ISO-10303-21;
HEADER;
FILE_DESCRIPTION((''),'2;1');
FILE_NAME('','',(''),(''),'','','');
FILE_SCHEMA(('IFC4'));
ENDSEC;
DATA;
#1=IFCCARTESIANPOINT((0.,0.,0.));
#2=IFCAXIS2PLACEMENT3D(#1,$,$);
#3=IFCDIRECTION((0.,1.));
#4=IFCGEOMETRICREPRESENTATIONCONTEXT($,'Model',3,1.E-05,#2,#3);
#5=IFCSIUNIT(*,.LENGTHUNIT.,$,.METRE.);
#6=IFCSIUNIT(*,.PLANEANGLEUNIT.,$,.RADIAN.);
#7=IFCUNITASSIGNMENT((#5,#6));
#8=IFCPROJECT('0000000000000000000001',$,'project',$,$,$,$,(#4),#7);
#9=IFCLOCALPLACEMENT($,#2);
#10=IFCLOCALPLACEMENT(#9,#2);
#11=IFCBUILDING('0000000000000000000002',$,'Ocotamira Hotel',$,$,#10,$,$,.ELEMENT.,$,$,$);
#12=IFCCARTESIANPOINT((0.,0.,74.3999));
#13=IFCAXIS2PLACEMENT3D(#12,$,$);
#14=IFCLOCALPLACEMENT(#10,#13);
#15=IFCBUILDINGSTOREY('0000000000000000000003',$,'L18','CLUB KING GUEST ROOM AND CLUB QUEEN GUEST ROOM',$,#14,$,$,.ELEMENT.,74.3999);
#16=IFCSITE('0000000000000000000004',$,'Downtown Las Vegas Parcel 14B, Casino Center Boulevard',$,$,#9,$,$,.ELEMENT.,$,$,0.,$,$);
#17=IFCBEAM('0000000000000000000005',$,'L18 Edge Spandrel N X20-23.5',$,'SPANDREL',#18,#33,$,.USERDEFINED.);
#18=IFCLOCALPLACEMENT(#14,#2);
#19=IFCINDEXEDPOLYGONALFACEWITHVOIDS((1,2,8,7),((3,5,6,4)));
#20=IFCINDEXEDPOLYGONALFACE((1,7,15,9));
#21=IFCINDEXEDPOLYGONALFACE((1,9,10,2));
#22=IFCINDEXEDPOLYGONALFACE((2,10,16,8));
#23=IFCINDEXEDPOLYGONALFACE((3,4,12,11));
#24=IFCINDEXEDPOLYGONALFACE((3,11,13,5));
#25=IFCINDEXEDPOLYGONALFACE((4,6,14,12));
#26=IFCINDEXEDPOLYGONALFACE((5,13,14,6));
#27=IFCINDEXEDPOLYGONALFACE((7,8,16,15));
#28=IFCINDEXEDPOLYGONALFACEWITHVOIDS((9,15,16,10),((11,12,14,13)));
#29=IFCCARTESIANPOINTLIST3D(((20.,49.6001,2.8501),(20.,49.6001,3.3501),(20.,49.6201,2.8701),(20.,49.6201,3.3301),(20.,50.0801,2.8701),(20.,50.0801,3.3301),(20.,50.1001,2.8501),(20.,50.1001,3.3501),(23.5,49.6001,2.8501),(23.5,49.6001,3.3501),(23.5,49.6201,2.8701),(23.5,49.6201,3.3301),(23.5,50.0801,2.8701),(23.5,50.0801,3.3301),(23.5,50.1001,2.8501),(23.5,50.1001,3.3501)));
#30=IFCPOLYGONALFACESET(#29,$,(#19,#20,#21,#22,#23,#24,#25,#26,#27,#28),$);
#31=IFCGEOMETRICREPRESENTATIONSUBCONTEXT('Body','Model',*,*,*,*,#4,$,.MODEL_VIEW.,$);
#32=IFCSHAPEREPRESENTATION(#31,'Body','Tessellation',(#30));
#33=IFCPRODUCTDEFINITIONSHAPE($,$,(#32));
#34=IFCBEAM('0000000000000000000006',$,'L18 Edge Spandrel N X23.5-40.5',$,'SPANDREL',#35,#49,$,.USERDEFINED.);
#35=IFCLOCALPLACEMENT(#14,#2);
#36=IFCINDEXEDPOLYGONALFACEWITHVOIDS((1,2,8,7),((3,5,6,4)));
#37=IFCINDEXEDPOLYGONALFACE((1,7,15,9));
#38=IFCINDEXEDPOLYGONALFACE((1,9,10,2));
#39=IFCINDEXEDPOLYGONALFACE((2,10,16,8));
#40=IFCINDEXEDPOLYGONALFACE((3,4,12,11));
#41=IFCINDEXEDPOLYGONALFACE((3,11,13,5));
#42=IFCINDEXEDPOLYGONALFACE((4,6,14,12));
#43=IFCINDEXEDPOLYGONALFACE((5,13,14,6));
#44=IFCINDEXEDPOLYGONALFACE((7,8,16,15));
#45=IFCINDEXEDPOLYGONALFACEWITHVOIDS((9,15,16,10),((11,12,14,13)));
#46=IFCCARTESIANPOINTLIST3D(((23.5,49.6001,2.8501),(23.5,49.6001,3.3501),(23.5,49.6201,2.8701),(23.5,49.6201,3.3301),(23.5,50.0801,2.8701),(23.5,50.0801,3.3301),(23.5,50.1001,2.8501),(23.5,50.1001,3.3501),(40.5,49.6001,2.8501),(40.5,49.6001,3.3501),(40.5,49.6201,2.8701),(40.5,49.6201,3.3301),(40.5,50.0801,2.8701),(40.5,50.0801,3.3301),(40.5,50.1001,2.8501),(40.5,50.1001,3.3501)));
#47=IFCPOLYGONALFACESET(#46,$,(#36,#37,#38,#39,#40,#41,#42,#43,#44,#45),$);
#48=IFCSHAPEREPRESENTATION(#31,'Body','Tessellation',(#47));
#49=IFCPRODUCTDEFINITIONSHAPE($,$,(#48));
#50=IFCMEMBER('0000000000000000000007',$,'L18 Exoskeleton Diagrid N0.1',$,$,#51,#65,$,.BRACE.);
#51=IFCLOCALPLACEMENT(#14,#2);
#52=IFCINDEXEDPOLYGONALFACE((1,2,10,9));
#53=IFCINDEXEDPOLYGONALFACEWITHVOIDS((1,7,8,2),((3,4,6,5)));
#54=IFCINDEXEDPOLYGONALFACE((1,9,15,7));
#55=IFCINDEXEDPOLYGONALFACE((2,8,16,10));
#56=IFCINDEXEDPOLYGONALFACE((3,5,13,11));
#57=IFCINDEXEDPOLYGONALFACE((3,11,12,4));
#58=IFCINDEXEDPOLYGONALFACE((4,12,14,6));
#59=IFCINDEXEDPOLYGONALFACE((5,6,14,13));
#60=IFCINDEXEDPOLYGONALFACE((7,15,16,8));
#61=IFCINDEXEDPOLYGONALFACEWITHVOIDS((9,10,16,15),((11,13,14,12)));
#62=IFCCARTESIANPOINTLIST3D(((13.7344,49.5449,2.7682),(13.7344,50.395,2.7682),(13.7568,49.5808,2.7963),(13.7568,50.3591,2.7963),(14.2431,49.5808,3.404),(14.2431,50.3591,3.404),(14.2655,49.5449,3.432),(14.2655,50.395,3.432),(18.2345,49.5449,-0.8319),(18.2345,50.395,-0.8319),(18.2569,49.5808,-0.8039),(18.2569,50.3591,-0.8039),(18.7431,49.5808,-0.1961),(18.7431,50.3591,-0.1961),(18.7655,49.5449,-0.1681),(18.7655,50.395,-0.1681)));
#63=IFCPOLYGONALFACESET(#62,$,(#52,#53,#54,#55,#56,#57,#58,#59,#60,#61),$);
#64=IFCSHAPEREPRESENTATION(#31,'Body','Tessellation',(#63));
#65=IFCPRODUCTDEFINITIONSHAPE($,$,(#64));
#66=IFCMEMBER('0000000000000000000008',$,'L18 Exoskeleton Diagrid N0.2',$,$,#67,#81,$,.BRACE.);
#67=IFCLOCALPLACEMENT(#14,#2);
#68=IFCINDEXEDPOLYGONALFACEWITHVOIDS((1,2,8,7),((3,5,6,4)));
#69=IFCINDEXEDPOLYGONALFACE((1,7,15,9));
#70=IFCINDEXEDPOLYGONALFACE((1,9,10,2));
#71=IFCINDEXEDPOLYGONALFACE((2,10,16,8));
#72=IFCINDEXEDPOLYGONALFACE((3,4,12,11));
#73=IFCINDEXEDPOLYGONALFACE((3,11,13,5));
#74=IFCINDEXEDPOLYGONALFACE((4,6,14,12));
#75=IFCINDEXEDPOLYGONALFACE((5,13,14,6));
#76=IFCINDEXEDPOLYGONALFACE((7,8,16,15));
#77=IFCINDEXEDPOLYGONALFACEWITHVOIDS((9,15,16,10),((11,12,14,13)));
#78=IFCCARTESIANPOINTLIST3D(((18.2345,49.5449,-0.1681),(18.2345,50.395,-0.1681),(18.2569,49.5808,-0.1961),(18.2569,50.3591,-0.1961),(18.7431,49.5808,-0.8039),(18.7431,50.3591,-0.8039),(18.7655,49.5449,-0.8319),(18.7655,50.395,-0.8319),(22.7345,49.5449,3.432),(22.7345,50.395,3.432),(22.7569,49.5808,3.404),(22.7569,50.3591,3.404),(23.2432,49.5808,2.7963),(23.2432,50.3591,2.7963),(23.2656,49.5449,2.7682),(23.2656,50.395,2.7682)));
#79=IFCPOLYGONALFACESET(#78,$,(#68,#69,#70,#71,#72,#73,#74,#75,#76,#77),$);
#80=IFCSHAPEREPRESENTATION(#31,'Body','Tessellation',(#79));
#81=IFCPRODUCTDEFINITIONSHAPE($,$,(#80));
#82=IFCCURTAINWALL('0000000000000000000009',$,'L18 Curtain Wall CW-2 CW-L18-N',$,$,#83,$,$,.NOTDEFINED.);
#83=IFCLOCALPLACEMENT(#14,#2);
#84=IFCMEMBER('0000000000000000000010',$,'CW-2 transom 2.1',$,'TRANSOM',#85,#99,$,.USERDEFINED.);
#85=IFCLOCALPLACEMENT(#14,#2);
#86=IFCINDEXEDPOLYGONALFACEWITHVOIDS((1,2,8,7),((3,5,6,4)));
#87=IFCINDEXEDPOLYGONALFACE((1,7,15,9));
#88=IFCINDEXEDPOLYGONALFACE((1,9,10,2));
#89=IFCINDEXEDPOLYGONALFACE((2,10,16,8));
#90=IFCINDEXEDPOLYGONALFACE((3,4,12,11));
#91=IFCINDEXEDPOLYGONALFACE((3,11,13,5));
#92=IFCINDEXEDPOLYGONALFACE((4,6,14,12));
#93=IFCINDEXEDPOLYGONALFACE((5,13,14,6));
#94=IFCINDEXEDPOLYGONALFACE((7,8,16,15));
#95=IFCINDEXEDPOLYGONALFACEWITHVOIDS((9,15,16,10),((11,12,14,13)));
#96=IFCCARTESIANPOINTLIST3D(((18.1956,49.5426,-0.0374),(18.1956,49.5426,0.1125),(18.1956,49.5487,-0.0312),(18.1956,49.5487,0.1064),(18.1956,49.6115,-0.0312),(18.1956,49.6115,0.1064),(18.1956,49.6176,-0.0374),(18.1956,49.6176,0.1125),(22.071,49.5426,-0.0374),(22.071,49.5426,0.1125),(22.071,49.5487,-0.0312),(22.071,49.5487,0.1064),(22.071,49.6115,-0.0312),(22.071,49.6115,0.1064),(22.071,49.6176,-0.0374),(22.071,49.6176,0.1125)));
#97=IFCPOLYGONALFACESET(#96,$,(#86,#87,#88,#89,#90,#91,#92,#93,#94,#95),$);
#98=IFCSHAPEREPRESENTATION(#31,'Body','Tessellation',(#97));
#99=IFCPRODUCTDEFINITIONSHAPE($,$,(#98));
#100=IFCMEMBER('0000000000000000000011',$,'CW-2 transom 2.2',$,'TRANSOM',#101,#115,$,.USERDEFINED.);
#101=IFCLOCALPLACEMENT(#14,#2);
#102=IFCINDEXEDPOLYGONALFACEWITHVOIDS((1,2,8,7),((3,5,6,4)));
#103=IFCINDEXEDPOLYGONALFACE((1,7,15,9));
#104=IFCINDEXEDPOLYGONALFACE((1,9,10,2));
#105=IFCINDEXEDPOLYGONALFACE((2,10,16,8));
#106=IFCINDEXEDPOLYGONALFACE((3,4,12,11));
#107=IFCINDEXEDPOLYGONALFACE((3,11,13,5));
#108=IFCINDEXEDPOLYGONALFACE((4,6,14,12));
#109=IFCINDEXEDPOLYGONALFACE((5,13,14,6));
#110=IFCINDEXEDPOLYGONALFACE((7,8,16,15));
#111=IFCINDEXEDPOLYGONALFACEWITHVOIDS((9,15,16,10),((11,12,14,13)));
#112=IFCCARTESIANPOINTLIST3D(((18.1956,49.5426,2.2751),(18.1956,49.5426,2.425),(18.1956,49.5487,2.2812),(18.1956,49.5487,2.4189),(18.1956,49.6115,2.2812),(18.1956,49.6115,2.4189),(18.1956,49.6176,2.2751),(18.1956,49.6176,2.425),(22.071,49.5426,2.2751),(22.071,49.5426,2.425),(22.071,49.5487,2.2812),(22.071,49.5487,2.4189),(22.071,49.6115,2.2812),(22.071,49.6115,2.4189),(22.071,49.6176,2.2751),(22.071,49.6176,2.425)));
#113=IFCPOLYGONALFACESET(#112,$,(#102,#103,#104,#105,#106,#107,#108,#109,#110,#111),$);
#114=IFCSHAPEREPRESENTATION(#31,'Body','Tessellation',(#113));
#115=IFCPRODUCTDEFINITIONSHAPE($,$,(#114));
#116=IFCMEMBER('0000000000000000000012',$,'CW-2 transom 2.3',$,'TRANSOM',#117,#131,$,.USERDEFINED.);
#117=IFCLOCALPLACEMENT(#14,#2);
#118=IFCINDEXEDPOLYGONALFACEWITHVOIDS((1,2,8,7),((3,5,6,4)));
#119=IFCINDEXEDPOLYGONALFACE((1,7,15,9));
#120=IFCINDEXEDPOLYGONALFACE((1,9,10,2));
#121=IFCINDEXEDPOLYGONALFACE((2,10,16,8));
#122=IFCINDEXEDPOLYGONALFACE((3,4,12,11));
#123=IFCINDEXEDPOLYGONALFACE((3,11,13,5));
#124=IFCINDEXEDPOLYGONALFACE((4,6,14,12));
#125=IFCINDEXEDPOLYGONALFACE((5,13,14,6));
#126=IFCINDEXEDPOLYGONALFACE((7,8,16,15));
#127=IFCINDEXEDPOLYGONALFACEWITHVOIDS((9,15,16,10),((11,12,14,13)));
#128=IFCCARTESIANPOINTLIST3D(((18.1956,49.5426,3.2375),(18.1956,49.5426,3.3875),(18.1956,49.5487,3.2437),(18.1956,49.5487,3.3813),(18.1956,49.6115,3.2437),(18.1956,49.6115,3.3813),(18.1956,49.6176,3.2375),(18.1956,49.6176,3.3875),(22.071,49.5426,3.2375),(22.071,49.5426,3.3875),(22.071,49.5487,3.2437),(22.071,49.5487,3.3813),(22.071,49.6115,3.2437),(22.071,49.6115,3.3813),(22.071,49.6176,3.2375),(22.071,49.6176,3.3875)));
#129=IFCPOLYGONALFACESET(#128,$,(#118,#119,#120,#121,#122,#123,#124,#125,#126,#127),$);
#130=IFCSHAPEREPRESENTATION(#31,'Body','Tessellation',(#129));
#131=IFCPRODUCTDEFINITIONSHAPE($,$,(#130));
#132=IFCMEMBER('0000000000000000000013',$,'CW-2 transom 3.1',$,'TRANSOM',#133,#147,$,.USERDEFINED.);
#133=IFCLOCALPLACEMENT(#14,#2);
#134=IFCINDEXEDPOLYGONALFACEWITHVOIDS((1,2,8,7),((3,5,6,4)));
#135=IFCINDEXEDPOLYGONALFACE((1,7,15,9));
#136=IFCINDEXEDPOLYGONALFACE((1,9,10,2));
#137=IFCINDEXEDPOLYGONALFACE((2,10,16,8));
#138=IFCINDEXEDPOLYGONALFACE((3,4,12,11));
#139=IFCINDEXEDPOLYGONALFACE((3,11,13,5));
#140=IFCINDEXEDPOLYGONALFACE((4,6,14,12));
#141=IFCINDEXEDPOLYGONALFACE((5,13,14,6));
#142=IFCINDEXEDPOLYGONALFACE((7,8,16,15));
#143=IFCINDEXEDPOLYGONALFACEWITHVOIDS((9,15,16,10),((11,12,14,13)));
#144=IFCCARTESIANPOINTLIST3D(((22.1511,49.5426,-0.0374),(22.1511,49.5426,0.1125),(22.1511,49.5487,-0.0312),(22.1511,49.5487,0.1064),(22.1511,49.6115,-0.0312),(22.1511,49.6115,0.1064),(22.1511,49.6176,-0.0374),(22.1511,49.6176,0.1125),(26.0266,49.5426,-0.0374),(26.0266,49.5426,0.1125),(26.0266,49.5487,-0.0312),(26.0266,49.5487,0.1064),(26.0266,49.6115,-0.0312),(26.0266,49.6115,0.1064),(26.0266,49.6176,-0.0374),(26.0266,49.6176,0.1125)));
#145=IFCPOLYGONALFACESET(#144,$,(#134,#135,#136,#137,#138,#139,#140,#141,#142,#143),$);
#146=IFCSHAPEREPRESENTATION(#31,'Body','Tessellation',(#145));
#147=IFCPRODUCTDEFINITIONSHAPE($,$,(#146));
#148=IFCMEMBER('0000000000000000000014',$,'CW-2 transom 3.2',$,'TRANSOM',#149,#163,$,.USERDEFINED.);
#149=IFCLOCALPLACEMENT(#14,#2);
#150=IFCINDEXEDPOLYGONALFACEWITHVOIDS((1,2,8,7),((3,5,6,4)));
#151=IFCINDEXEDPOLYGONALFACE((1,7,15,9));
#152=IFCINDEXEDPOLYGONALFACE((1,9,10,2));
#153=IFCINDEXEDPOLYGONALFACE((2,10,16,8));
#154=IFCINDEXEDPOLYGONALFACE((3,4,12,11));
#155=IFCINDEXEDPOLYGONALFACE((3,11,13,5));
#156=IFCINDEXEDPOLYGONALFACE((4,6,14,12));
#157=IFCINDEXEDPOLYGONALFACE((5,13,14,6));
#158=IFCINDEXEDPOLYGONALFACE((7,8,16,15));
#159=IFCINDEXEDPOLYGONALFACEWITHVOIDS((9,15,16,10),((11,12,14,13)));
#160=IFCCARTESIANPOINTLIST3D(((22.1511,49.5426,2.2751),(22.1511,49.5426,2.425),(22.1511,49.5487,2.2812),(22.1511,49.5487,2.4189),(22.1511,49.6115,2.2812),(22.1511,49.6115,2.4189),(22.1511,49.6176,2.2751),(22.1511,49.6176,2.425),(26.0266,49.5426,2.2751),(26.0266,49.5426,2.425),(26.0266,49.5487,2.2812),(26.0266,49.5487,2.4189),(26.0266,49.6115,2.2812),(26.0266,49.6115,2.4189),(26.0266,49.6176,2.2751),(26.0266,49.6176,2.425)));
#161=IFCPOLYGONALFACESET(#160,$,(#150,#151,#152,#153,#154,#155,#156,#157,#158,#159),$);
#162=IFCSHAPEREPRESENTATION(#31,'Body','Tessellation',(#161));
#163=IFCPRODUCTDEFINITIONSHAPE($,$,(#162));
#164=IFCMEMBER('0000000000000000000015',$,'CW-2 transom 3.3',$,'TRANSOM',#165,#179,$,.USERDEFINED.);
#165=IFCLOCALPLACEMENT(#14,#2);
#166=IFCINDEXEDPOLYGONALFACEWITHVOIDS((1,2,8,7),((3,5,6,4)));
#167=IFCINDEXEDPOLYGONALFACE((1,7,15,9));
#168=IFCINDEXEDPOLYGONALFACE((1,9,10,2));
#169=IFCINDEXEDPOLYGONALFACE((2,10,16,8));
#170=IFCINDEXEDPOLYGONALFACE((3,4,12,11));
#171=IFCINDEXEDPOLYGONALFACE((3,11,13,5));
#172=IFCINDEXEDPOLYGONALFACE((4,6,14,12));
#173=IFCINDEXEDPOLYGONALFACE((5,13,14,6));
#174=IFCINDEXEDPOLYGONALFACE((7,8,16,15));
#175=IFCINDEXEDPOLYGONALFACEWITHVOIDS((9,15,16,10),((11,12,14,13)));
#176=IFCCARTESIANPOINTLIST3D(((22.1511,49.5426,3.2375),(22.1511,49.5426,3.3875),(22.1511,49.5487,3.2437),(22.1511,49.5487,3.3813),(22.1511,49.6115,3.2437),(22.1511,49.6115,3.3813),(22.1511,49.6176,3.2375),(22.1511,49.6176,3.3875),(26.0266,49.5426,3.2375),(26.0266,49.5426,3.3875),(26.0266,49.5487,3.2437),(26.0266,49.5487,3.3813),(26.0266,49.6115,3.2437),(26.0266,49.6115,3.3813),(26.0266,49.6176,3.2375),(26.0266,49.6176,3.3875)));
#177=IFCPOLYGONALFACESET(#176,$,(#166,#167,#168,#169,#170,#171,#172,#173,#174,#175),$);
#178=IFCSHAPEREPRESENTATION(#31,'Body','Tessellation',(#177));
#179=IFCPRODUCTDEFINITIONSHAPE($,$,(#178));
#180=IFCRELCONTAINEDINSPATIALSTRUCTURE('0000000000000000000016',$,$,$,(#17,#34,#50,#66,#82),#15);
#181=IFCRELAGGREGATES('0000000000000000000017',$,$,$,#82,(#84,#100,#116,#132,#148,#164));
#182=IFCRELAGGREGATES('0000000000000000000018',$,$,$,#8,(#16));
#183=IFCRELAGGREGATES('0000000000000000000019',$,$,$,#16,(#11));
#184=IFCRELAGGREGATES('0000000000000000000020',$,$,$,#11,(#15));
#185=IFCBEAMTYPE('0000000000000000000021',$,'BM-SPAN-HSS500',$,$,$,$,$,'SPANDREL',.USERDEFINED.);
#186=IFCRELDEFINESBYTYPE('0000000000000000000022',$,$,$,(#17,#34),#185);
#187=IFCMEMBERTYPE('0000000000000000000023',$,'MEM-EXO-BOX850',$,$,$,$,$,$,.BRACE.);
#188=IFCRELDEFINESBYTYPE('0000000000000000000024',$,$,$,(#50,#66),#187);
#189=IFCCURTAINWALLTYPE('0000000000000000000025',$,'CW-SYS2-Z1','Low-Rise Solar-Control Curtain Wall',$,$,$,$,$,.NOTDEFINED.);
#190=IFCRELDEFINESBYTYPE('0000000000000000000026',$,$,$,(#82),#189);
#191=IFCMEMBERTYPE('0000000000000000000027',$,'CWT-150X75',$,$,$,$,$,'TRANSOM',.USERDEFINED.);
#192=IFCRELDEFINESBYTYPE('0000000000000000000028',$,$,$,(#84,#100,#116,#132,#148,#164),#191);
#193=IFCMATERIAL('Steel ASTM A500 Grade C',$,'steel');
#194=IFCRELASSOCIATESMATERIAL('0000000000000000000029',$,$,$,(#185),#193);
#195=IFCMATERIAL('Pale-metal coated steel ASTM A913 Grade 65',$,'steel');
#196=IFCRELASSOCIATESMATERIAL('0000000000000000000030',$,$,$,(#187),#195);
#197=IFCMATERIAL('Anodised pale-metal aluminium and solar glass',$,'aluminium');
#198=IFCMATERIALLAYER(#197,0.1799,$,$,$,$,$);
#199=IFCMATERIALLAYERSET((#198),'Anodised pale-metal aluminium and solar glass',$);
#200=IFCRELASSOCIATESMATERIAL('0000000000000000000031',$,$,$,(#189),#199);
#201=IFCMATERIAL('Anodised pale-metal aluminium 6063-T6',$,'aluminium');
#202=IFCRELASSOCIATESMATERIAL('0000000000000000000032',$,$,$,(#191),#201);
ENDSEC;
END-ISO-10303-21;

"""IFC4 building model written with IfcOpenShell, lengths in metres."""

from ifc_helpers import new_model, si_unit, direction, frame, origin, origin_2d, place, context, subcontext, project, spatial, hollow_rectangle, extrude, source, transform, mapped, material, layer, layer_set, material_profile, profile_set, type_object, element, aggregate, save


model = new_model("IFC4")

# Units and contexts
model_context = context("Model", 3, precision=1e-05, world=origin(), true_north=direction((0.0, 1.0)))
body_context = subcontext(model_context, "Body", "Model", "MODEL_VIEW")
ifc_project = project(units=[si_unit("LENGTHUNIT", "METRE"), si_unit("PLANEANGLEUNIT", "RADIAN")], contexts=[model_context])

# Site, building, storey
site_placement = place(None, origin())
site = spatial("IfcSite", under=ifc_project, at=site_placement, Name="Downtown Las Vegas Parcel 14B, Casino Center Boulevard", CompositionType="ELEMENT", RefElevation=0.0)
building_placement = place(site_placement, origin())
building = spatial("IfcBuilding", under=site, at=building_placement, Name="Ocotamira Hotel", CompositionType="ELEMENT")
storey_placement = place(building_placement, frame((0.0, 0.0, 74.3999)))
storey = spatial("IfcBuildingStorey", under=building, at=storey_placement, Name="L18", Description="CLUB KING GUEST ROOM AND CLUB QUEEN GUEST ROOM", CompositionType="ELEMENT", Elevation=74.3999)

# Beams
ifc_material_1 = material(Name="Steel ASTM A500 Grade C", Category="steel")
ifc_material_profile_1 = material_profile(ifc_material_1, hollow_rectangle(XDim=0.5, YDim=0.5, WallThickness=0.02, at=origin_2d()), Name="HSS500X500X20")
ifc_profile_set_1 = profile_set([ifc_material_profile_1], Name="Steel ASTM A500 Grade C")
beam_type_1 = type_object("IfcBeamType", Name="BM-SPAN-HSS500", ElementType="SPANDREL", PredefinedType="USERDEFINED", material=ifc_profile_set_1)
shared_shape_1 = source(origin(), body_context, "Body", "SweptSolid", [
    extrude(hollow_rectangle(XDim=0.5, YDim=0.5, WallThickness=0.02, at=origin_2d()), origin(), (0.0, 0.0, 1.0), 3.5),
])
beam_1_placement = place(storey_placement, frame((20.0, 49.8501, 3.1001), z_axis=(1.0, 0.0, 0.0), x_axis=(0.0, 1.0, 0.0)))
element("IfcBeam", 1, at=beam_1_placement, inside=storey, type_object=beam_type_1, Name="L18 Edge Spandrel N X20-23.5", ObjectType="SPANDREL", PredefinedType="USERDEFINED", context=body_context, shape_type="MappedRepresentation", body=[
    mapped(shared_shape_1, transform((0.0, 0.0, 0.0), scale=1.0)),
])
shared_shape_2 = source(origin(), body_context, "Body", "SweptSolid", [
    extrude(hollow_rectangle(XDim=0.5, YDim=0.5, WallThickness=0.02, at=origin_2d()), origin(), (0.0, 0.0, 1.0), 17.0),
])
beam_2_placement = place(storey_placement, frame((23.5, 49.8501, 3.1001), z_axis=(1.0, 0.0, 0.0), x_axis=(0.0, 1.0, 0.0)))
element("IfcBeam", 2, at=beam_2_placement, inside=storey, type_object=beam_type_1, Name="L18 Edge Spandrel N X23.5-40.5", ObjectType="SPANDREL", PredefinedType="USERDEFINED", context=body_context, shape_type="MappedRepresentation", body=[
    mapped(shared_shape_2, transform((0.0, 0.0, 0.0), scale=1.0)),
])

# Members
ifc_material_2 = material(Name="Pale-metal coated steel ASTM A913 Grade 65", Category="steel")
ifc_material_profile_2 = material_profile(ifc_material_2, hollow_rectangle(XDim=0.8501, YDim=0.8501, WallThickness=0.0359, at=origin_2d()), Name="BOX850X850X36")
ifc_profile_set_2 = profile_set([ifc_material_profile_2], Name="Pale-metal coated steel ASTM A913 Grade 65")
member_type_1 = type_object("IfcMemberType", Name="MEM-EXO-BOX850", PredefinedType="BRACE", material=ifc_profile_set_2)
shared_shape_3 = source(origin(), body_context, "Body", "SweptSolid", [
    extrude(hollow_rectangle(XDim=0.8501, YDim=0.8501, WallThickness=0.0359, at=origin_2d()), origin(), (0.0, 0.0, 1.0), 5.7629),
])
for number, where, z_axis, x_axis, name in (
    (3, (18.5, 49.97, -0.5), (-0.780861, 0.0, 0.624705), (0.0, -1.0, 0.0), "L18 Exoskeleton Diagrid N0.1"),
    (4, (18.5, 49.97, -0.5), (0.780861, 0.0, 0.624705), (0.0, 1.0, 0.0), "L18 Exoskeleton Diagrid N0.2"),
):
    element("IfcMember", number, at=place(storey_placement, frame(where, z_axis=z_axis, x_axis=x_axis)), inside=storey, type_object=member_type_1, Name=name, PredefinedType="BRACE", context=body_context, shape_type="MappedRepresentation", body=[
        mapped(shared_shape_3, transform((0.0, 0.0, 0.0), scale=1.0)),
    ])

# Curtain wall, members
ifc_material_3 = material(Name="Anodised pale-metal aluminium and solar glass", Category="aluminium")
ifc_layer_1 = layer(ifc_material_3, 0.1799)
ifc_layer_set_1 = layer_set([ifc_layer_1], Name="Anodised pale-metal aluminium and solar glass")
curtain_wall_type = type_object("IfcCurtainWallType", Name="CW-SYS2-Z1", Description="Low-Rise Solar-Control Curtain Wall", PredefinedType="NOTDEFINED", material=ifc_layer_set_1)
curtain_wall_placement = place(storey_placement, origin())
curtain_wall = element("IfcCurtainWall", 5, at=curtain_wall_placement, inside=storey, type_object=curtain_wall_type, Name="L18 Curtain Wall CW-2 CW-L18-N", PredefinedType="NOTDEFINED")
ifc_material_4 = material(Name="Anodised pale-metal aluminium 6063-T6", Category="aluminium")
ifc_material_profile_3 = material_profile(ifc_material_4, hollow_rectangle(XDim=0.075, YDim=0.1499, WallThickness=0.0061, at=origin_2d()), Name="HSS150X75X6")
ifc_profile_set_3 = profile_set([ifc_material_profile_3], Name="Anodised pale-metal aluminium 6063-T6")
member_type_2 = type_object("IfcMemberType", Name="CWT-150X75", ElementType="TRANSOM", PredefinedType="USERDEFINED", material=ifc_profile_set_3)
shared_shape_4 = source(origin(), body_context, "Body", "SweptSolid", [
    extrude(hollow_rectangle(XDim=0.075, YDim=0.1499, WallThickness=0.0061, at=origin_2d()), origin(), (0.0, 0.0, 1.0), 3.8755),
])
member_1_placement = place(storey_placement, frame((18.1956, 49.5801, 0.0376), z_axis=(1.0, 0.0, 0.0), x_axis=(0.0, 1.0, 0.0)))
member_1 = element("IfcMember", 6, at=member_1_placement, type_object=member_type_2, Name="CW-2 transom 2.1", ObjectType="TRANSOM", PredefinedType="USERDEFINED", context=body_context, shape_type="MappedRepresentation", body=[
    mapped(shared_shape_4, transform((0.0, 0.0, 0.0), scale=1.0)),
])
member_2_placement = place(storey_placement, frame((18.1956, 49.5801, 2.3501), z_axis=(1.0, 0.0, 0.0), x_axis=(0.0, 1.0, 0.0)))
member_2 = element("IfcMember", 7, at=member_2_placement, type_object=member_type_2, Name="CW-2 transom 2.2", ObjectType="TRANSOM", PredefinedType="USERDEFINED", context=body_context, shape_type="MappedRepresentation", body=[
    mapped(shared_shape_4, transform((0.0, 0.0, 0.0), scale=1.0)),
])
member_3_placement = place(storey_placement, frame((18.1956, 49.5801, 3.3125), z_axis=(1.0, 0.0, 0.0), x_axis=(0.0, 1.0, 0.0)))
member_3 = element("IfcMember", 8, at=member_3_placement, type_object=member_type_2, Name="CW-2 transom 2.3", ObjectType="TRANSOM", PredefinedType="USERDEFINED", context=body_context, shape_type="MappedRepresentation", body=[
    mapped(shared_shape_4, transform((0.0, 0.0, 0.0), scale=1.0)),
])
member_4_placement = place(storey_placement, frame((22.1511, 49.5801, 0.0376), z_axis=(1.0, 0.0, 0.0), x_axis=(0.0, 1.0, 0.0)))
member_4 = element("IfcMember", 9, at=member_4_placement, type_object=member_type_2, Name="CW-2 transom 3.1", ObjectType="TRANSOM", PredefinedType="USERDEFINED", context=body_context, shape_type="MappedRepresentation", body=[
    mapped(shared_shape_4, transform((0.0, 0.0, 0.0), scale=1.0)),
])
member_5_placement = place(storey_placement, frame((22.1511, 49.5801, 2.3501), z_axis=(1.0, 0.0, 0.0), x_axis=(0.0, 1.0, 0.0)))
member_5 = element("IfcMember", 10, at=member_5_placement, type_object=member_type_2, Name="CW-2 transom 3.2", ObjectType="TRANSOM", PredefinedType="USERDEFINED", context=body_context, shape_type="MappedRepresentation", body=[
    mapped(shared_shape_4, transform((0.0, 0.0, 0.0), scale=1.0)),
])
member_6_placement = place(storey_placement, frame((22.1511, 49.5801, 3.3125), z_axis=(1.0, 0.0, 0.0), x_axis=(0.0, 1.0, 0.0)))
member_6 = element("IfcMember", 11, at=member_6_placement, type_object=member_type_2, Name="CW-2 transom 3.3", ObjectType="TRANSOM", PredefinedType="USERDEFINED", context=body_context, shape_type="MappedRepresentation", body=[
    mapped(shared_shape_4, transform((0.0, 0.0, 0.0), scale=1.0)),
])

aggregate(curtain_wall, [member_1, member_2, member_3, member_4, member_5, member_6])

save(model, "model.ifc")
